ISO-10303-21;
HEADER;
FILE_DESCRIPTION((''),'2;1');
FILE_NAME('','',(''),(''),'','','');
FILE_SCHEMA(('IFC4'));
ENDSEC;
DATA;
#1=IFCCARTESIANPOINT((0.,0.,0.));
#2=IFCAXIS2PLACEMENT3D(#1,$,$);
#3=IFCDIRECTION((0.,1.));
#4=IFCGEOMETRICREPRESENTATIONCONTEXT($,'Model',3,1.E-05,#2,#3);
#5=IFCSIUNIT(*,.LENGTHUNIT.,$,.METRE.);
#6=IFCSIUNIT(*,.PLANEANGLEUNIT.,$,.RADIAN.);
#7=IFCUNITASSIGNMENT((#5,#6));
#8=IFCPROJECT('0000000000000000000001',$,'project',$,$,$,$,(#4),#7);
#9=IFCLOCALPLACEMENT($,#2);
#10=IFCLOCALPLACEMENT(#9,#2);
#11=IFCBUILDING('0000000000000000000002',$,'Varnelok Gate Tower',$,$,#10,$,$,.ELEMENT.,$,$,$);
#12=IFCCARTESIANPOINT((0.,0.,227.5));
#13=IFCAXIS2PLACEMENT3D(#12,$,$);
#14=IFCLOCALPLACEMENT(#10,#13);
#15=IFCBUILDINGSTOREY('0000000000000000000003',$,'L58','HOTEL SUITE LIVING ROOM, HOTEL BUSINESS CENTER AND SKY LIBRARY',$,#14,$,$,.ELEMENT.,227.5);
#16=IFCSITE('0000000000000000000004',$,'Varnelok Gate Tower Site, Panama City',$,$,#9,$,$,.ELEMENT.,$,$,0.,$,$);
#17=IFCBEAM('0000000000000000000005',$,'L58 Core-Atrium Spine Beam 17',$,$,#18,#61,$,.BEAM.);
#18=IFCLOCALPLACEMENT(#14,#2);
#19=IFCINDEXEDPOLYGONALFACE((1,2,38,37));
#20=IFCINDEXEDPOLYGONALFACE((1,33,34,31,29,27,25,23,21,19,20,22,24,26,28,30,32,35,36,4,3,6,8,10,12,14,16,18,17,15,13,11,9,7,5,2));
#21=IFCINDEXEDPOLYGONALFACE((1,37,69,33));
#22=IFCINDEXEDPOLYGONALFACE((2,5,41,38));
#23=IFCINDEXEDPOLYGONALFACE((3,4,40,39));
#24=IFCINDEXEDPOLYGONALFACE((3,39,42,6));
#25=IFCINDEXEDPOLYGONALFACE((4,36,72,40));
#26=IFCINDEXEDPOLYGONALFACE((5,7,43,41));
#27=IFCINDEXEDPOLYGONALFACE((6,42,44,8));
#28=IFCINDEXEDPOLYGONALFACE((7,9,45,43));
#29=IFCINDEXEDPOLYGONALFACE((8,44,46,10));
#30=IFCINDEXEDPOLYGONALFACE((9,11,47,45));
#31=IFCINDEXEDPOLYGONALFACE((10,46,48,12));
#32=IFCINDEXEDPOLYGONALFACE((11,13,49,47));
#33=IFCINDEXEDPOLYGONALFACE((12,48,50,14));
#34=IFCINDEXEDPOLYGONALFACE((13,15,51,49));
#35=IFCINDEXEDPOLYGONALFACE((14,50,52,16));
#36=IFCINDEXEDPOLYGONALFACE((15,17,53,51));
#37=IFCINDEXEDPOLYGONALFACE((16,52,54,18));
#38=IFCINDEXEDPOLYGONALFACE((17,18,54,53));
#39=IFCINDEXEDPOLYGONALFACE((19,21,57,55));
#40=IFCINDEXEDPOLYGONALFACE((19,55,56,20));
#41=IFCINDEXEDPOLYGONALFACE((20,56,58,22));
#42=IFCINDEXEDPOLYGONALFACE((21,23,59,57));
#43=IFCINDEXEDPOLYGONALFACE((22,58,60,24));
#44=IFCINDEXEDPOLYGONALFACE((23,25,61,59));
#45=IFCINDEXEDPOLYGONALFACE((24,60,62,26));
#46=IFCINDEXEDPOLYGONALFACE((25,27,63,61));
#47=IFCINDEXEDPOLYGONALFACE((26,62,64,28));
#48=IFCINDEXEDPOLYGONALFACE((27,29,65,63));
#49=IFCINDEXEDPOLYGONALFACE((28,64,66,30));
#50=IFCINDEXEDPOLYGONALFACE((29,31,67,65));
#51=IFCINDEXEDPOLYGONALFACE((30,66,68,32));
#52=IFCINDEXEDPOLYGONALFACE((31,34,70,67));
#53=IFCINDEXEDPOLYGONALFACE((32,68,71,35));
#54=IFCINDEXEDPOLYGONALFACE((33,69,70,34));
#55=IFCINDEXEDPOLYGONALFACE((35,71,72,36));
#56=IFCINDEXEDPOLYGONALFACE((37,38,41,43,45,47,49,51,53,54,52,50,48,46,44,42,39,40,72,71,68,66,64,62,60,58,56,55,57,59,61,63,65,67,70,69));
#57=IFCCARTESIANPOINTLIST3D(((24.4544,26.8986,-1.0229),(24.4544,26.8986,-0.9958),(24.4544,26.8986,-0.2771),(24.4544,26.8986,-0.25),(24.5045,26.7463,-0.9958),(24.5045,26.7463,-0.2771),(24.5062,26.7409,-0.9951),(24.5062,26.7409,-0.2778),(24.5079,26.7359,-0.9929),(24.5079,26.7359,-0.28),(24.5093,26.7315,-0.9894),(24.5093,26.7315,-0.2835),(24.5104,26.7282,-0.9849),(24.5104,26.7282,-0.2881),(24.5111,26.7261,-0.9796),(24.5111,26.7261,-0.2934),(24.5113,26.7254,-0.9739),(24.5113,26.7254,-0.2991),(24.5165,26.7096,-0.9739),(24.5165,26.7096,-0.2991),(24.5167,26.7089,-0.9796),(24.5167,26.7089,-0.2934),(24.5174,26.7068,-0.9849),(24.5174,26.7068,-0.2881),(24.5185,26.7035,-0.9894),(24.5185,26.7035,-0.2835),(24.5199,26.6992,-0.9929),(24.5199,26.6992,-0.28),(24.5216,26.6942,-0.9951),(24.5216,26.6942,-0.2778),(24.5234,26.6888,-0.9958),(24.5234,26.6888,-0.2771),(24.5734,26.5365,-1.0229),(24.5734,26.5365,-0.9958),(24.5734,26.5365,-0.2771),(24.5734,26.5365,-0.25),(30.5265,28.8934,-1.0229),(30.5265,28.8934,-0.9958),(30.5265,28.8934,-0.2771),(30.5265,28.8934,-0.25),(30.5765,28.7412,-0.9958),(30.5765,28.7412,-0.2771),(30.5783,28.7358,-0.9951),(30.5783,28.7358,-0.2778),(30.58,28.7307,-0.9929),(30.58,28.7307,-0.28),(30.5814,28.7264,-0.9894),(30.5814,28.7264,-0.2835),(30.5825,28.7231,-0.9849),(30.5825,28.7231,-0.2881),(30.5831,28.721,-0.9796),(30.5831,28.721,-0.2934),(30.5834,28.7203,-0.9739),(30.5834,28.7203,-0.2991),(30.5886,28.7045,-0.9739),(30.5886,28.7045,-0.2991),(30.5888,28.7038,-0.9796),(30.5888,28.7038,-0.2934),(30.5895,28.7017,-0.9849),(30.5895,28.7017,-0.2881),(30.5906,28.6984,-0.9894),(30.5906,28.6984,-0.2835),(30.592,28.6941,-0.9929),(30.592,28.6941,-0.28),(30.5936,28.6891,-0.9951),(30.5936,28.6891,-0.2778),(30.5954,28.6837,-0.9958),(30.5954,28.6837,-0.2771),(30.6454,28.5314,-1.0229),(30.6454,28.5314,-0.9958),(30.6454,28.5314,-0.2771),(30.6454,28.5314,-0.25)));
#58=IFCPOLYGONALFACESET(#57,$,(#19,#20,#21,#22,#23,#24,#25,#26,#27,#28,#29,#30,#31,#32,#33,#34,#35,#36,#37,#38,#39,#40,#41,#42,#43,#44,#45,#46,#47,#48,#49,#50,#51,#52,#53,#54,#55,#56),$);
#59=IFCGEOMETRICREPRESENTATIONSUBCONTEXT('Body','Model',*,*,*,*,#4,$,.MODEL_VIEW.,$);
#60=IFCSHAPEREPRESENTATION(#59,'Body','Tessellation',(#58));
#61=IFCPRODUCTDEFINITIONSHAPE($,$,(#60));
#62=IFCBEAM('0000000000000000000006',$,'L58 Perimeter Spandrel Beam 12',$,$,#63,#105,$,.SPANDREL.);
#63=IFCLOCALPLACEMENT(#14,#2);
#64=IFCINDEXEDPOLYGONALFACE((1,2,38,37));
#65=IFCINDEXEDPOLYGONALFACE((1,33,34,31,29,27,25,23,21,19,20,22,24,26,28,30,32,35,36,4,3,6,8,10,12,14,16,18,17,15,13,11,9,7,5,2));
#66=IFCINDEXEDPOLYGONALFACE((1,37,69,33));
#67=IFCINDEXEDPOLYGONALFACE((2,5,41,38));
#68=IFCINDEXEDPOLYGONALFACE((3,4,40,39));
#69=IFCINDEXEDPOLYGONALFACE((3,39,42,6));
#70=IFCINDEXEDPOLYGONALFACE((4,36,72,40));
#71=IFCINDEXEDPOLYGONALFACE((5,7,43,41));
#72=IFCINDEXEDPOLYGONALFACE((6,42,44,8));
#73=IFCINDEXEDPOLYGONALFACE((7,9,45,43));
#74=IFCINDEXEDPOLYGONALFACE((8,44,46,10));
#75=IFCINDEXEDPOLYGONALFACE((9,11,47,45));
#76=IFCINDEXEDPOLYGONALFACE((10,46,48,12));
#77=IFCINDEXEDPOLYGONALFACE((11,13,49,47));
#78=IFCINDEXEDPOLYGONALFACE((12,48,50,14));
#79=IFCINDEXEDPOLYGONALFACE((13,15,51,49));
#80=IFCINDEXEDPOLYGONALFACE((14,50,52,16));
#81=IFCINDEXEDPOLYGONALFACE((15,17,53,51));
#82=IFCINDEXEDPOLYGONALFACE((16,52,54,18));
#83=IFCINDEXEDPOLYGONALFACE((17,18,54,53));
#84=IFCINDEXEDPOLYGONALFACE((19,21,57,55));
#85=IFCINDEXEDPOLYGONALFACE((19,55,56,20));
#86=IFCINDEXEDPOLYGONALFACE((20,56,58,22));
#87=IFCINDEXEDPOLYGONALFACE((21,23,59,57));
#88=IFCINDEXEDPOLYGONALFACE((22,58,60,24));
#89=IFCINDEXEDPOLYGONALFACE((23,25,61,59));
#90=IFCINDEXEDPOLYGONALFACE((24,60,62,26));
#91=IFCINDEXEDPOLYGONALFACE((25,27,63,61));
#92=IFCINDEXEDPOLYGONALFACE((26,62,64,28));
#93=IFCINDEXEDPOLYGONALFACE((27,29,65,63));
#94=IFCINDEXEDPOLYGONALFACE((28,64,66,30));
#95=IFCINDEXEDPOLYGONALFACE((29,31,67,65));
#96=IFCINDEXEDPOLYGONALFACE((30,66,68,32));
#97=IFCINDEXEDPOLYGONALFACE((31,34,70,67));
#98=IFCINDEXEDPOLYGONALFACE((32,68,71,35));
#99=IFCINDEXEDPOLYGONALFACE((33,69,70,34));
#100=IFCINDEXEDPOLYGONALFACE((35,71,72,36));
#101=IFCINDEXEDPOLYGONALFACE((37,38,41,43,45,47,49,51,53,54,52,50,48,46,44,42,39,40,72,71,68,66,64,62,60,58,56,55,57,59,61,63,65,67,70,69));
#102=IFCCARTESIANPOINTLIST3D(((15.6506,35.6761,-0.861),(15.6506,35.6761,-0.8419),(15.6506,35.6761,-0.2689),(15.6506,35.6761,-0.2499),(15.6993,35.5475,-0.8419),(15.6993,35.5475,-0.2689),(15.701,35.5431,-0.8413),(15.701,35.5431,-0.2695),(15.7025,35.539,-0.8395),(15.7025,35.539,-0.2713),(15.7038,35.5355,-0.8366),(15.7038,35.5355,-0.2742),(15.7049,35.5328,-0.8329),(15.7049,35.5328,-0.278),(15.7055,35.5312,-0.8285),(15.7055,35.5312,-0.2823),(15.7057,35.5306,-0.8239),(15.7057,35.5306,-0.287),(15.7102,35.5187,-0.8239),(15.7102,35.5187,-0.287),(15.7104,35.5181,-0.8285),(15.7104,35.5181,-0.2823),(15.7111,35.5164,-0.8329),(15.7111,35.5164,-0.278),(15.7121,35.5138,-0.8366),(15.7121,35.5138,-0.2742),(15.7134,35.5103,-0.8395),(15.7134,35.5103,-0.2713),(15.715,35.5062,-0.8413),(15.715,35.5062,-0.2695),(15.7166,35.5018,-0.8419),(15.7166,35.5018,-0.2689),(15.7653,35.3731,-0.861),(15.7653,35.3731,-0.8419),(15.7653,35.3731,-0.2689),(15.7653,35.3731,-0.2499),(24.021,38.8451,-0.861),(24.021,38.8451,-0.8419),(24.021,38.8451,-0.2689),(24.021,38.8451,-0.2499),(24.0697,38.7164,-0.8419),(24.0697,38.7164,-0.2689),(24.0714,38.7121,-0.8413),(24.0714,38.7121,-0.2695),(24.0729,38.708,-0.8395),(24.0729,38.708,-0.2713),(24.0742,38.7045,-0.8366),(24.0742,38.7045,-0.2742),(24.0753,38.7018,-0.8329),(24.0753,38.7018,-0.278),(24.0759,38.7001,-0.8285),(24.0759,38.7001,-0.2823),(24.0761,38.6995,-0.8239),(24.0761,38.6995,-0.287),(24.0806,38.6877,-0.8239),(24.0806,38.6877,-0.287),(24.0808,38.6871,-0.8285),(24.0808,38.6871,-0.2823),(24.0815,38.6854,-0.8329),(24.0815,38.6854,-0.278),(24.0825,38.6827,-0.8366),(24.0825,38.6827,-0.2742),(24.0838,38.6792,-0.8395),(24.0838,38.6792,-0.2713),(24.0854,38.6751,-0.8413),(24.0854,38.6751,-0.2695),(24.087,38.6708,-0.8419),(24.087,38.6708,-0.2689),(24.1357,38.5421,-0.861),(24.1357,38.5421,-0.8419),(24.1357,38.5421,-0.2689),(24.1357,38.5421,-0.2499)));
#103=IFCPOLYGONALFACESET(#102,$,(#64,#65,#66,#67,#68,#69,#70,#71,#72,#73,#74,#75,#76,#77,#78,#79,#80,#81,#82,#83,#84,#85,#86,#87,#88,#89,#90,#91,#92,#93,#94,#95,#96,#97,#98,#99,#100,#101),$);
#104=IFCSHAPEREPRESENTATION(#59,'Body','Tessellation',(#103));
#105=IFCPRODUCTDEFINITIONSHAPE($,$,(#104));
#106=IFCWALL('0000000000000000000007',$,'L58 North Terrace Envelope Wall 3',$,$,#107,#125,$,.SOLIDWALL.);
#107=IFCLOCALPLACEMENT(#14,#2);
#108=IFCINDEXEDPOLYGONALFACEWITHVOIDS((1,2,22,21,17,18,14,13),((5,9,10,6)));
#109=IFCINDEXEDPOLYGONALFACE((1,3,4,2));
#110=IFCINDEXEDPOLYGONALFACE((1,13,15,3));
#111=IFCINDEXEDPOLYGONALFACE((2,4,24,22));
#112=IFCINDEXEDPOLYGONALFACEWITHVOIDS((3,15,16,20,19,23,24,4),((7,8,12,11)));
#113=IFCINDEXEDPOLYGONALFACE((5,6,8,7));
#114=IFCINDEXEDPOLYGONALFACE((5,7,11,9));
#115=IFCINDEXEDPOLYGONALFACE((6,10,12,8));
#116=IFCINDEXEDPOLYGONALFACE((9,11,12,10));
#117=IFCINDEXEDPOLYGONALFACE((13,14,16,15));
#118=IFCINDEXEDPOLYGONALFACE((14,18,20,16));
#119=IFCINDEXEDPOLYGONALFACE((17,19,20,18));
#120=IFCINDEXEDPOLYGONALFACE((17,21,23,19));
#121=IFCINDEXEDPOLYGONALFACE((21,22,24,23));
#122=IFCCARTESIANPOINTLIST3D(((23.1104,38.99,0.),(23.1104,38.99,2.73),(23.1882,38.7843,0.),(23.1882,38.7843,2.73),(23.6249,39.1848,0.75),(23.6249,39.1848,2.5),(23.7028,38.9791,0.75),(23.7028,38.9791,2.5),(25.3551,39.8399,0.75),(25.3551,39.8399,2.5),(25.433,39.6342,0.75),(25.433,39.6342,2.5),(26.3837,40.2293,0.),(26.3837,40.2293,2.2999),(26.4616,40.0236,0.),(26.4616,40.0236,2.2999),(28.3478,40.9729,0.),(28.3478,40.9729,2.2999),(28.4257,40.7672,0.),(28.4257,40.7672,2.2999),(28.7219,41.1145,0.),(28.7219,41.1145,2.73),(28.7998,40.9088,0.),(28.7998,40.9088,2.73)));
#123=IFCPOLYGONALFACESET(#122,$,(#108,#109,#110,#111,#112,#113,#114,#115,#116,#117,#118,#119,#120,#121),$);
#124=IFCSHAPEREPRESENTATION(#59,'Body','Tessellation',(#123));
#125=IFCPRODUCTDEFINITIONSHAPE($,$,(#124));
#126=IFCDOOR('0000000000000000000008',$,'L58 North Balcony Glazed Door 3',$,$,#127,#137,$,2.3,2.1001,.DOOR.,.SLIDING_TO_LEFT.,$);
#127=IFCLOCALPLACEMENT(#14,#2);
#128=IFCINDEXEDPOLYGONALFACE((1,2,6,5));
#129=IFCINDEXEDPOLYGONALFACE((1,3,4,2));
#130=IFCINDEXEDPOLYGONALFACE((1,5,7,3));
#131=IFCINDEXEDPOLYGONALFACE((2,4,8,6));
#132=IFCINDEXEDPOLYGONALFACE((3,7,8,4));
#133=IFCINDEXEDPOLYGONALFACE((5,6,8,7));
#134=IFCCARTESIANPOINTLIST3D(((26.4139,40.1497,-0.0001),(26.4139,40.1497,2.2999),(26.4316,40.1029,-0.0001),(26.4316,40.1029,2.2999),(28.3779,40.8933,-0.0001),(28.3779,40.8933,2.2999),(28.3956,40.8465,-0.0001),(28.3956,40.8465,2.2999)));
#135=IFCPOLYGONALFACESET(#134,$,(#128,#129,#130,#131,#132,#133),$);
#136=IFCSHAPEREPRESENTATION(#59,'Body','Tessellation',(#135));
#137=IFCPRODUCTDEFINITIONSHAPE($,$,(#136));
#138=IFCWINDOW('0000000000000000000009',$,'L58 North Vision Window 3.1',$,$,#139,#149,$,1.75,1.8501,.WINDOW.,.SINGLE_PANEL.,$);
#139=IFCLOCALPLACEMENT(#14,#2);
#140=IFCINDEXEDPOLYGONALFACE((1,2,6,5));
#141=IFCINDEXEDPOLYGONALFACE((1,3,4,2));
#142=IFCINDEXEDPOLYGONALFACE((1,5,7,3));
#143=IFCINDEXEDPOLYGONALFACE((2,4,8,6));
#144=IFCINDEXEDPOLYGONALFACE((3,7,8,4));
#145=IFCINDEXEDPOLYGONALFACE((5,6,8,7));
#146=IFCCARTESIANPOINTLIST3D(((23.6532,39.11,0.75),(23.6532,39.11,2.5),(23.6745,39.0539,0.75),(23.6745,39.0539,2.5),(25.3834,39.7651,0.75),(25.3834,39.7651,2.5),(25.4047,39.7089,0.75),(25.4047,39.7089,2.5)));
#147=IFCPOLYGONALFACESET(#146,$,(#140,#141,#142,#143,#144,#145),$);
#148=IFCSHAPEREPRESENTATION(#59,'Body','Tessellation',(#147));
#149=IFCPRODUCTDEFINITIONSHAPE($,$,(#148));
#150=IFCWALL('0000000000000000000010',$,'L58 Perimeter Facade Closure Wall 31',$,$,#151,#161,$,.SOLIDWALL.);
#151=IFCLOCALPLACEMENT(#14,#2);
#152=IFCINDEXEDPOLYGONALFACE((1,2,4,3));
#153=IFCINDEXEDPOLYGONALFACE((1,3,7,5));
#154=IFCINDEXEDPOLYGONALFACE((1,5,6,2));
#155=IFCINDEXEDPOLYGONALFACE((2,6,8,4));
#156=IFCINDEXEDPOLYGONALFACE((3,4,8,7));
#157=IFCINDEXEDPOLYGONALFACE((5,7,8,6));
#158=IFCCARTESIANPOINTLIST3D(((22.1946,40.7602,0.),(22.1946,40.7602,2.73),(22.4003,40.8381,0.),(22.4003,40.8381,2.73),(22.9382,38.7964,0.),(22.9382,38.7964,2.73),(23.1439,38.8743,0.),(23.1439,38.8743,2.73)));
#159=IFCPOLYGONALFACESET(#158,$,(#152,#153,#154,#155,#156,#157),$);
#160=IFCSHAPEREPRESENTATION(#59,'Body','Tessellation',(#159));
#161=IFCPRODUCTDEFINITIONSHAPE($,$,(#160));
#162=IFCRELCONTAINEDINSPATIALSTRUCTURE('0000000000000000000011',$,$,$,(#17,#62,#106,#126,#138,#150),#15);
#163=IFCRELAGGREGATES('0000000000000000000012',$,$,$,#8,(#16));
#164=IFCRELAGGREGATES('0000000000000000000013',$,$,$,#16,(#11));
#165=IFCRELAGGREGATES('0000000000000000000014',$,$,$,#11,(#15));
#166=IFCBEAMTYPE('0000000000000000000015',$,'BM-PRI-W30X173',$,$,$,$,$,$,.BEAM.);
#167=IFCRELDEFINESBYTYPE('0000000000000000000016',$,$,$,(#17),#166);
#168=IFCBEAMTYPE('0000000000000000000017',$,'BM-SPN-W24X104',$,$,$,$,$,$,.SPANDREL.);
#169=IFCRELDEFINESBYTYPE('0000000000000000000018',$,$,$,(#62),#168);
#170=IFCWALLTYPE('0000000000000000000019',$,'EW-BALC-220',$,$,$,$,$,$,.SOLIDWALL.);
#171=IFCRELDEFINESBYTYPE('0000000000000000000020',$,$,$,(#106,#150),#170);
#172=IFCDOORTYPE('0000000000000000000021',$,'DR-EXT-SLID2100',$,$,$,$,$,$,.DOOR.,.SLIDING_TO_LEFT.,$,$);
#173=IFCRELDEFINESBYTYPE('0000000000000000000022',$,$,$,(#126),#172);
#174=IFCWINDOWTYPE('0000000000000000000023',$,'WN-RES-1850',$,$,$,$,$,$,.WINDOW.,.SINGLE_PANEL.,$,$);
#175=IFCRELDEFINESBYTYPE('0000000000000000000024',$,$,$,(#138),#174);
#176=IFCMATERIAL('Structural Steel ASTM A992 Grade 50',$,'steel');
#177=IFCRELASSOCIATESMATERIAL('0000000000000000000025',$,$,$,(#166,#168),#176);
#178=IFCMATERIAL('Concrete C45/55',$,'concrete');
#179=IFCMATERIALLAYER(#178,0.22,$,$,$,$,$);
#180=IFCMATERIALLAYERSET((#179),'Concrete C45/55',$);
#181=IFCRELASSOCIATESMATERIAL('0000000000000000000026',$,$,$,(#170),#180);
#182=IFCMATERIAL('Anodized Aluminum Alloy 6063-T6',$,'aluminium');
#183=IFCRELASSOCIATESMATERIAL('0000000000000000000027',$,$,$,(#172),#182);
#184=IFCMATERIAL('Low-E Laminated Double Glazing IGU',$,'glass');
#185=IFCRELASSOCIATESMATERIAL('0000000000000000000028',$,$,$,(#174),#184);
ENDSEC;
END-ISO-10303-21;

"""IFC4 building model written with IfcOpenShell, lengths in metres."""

from ifc_helpers import new_model, si_unit, direction, frame, frame_2d, origin, origin_2d, place, context, subcontext, project, spatial, rectangle, i_section, extrude, material, layer, layer_set, material_profile, profile_set, type_object, element, fill, save


model = new_model("IFC4")

# Units and contexts
model_context = context("Model", 3, precision=1e-05, world=origin(), true_north=direction((0.0, 1.0)))
body_context = subcontext(model_context, "Body", "Model", "MODEL_VIEW")
ifc_project = project(units=[si_unit("LENGTHUNIT", "METRE"), si_unit("PLANEANGLEUNIT", "RADIAN")], contexts=[model_context])

# Site, building, storey
site_placement = place(None, origin())
site = spatial("IfcSite", under=ifc_project, at=site_placement, Name="Varnelok Gate Tower Site, Panama City", CompositionType="ELEMENT", RefElevation=0.0)
building_placement = place(site_placement, origin())
building = spatial("IfcBuilding", under=site, at=building_placement, Name="Varnelok Gate Tower", CompositionType="ELEMENT")
storey_placement = place(building_placement, frame((0.0, 0.0, 227.5)))
storey = spatial("IfcBuildingStorey", under=building, at=storey_placement, Name="L58", Description="HOTEL SUITE LIVING ROOM, HOTEL BUSINESS CENTER AND SKY LIBRARY", CompositionType="ELEMENT", Elevation=227.5)

# Shared definitions
ifc_material_1 = material(Name="Structural Steel ASTM A992 Grade 50", Category="steel")

# Beams
ifc_material_profile_1 = material_profile(ifc_material_1, i_section(OverallWidth=0.3811, OverallDepth=0.7729, WebThickness=0.0166, FlangeThickness=0.0271, FilletRadius=0.022, at=origin_2d()), Name="W30X173")
ifc_profile_set_1 = profile_set([ifc_material_profile_1], Name="Structural Steel ASTM A992 Grade 50")
beam_type_1 = type_object("IfcBeamType", Name="BM-PRI-W30X173", PredefinedType="BEAM", material=ifc_profile_set_1)
beam_1_placement = place(storey_placement, frame((24.5139, 26.7175, -0.6365), z_axis=(0.950042, 0.312122, 0.0), x_axis=(-0.312122, 0.950042, 0.0)))
element("IfcBeam", 1, at=beam_1_placement, inside=storey, type_object=beam_type_1, Name="L58 Core-Atrium Spine Beam 17", PredefinedType="BEAM", context=body_context, shape_type="SweptSolid", body=[
    extrude(i_section(OverallWidth=0.3811, OverallDepth=0.7729, WebThickness=0.0166, FlangeThickness=0.0271, FilletRadius=0.022, at=origin_2d()), origin(), (0.0, 0.0, 1.0), 6.3914),
])
ifc_material_profile_2 = material_profile(ifc_material_1, i_section(OverallWidth=0.324, OverallDepth=0.6111, WebThickness=0.0127, FlangeThickness=0.019, FilletRadius=0.0181, at=origin_2d()), Name="W24X104")
ifc_profile_set_2 = profile_set([ifc_material_profile_2], Name="Structural Steel ASTM A992 Grade 50")
beam_type_2 = type_object("IfcBeamType", Name="BM-SPN-W24X104", PredefinedType="SPANDREL", material=ifc_profile_set_2)
beam_2_placement = place(storey_placement, frame((24.0784, 38.6936, -0.5554), z_axis=(-0.93522, -0.354066, 0.0), x_axis=(0.354066, -0.93522, 0.0)))
element("IfcBeam", 2, at=beam_2_placement, inside=storey, type_object=beam_type_2, Name="L58 Perimeter Spandrel Beam 12", PredefinedType="SPANDREL", context=body_context, shape_type="SweptSolid", body=[
    extrude(i_section(OverallWidth=0.324, OverallDepth=0.6111, WebThickness=0.0127, FlangeThickness=0.019, FilletRadius=0.0181, at=origin_2d()), origin(), (0.0, 0.0, 1.0), 8.9502),
])

# Wall, openings, door, window
ifc_material_2 = material(Name="Concrete C45/55", Category="concrete")
ifc_layer_1 = layer(ifc_material_2, 0.22)
ifc_layer_set_1 = layer_set([ifc_layer_1], Name="Concrete C45/55")
wall_type_1 = type_object("IfcWallType", Name="EW-BALC-220", PredefinedType="SOLIDWALL", material=ifc_layer_set_1)
wall_1_placement = place(storey_placement, frame((23.1494, 38.8872, 0.0), z_axis=(0.0, 0.0, 1.0), x_axis=(0.935219, 0.354069, 0.0)))
wall_1 = element("IfcWall", 3, at=wall_1_placement, inside=storey, type_object=wall_type_1, Name="L58 North Terrace Envelope Wall 3", PredefinedType="SOLIDWALL", context=body_context, shape_type="SweptSolid", body=[
    extrude(rectangle(XDim=6.0002, YDim=0.22, at=frame_2d((3.0, 0.0))), origin(), (0.0, 0.0, 1.0), 2.73),
])
opening_1_placement = place(wall_1_placement, frame((3.5, 0.0, 0.0)))
opening_1 = element("IfcOpeningElement", 4, at=opening_1_placement, cuts=wall_1, PredefinedType="OPENING", context=body_context, shape_type="SweptSolid", body=[
    extrude(rectangle(XDim=2.1001, YDim=2.3, at=frame_2d((1.05, 1.1499))), frame((0.0, 0.1199, 0.0), z_axis=(0.0, -1.0, 0.0), x_axis=(1.0, 0.0, 0.0)), (0.0, 0.0, 1.0), 0.24),
])
opening_2_placement = place(wall_1_placement, frame((0.55, 0.0, 0.75)))
opening_2 = element("IfcOpeningElement", 5, at=opening_2_placement, cuts=wall_1, PredefinedType="OPENING", context=body_context, shape_type="SweptSolid", body=[
    extrude(rectangle(XDim=1.8501, YDim=1.75, at=frame_2d((0.925, 0.875))), frame((0.0, 0.1199, 0.0), z_axis=(0.0, -1.0, 0.0), x_axis=(1.0, 0.0, 0.0)), (0.0, 0.0, 1.0), 0.24),
])
ifc_material_3 = material(Name="Anodized Aluminum Alloy 6063-T6", Category="aluminium")
door_type_1 = type_object("IfcDoorType", Name="DR-EXT-SLID2100", OperationType="SLIDING_TO_LEFT", PredefinedType="DOOR", material=ifc_material_3)
door_1_placement = place(opening_1_placement, origin())
door_1 = element("IfcDoor", 6, at=door_1_placement, inside=storey, type_object=door_type_1, Name="L58 North Balcony Glazed Door 3", OperationType="SLIDING_TO_LEFT", OverallHeight=2.3, OverallWidth=2.1001, PredefinedType="DOOR", context=body_context, shape_type="SweptSolid", body=[
    extrude(rectangle(XDim=2.1001, YDim=2.3, at=frame_2d((1.05, 1.1499))), frame((0.0, 0.0249, 0.0), z_axis=(0.0, -1.0, 0.0), x_axis=(1.0, 0.0, 0.0)), (0.0, 0.0, 1.0), 0.05),
])
fill(opening_1, door_1)
ifc_material_4 = material(Name="Low-E Laminated Double Glazing IGU", Category="glass")
window_type_1 = type_object("IfcWindowType", Name="WN-RES-1850", PartitioningType="SINGLE_PANEL", PredefinedType="WINDOW", material=ifc_material_4)
window_1_placement = place(opening_2_placement, origin())
window_1 = element("IfcWindow", 7, at=window_1_placement, inside=storey, type_object=window_type_1, Name="L58 North Vision Window 3.1", OverallHeight=1.75, OverallWidth=1.8501, PartitioningType="SINGLE_PANEL", PredefinedType="WINDOW", context=body_context, shape_type="SweptSolid", body=[
    extrude(rectangle(XDim=1.8501, YDim=1.75, at=frame_2d((0.925, 0.875))), frame((0.0, 0.03, 0.0), z_axis=(0.0, -1.0, 0.0), x_axis=(1.0, 0.0, 0.0)), (0.0, 0.0, 1.0), 0.0601),
])
fill(opening_2, window_1)

# Wall
wall_2_placement = place(storey_placement, frame((23.041, 38.8354, 0.0), z_axis=(0.0, 0.0, 1.0), x_axis=(-0.354128, 0.935197, 0.0)))
element("IfcWall", 8, at=wall_2_placement, inside=storey, type_object=wall_type_1, Name="L58 Perimeter Facade Closure Wall 31", PredefinedType="SOLIDWALL", context=body_context, shape_type="SweptSolid", body=[
    extrude(rectangle(XDim=2.0999, YDim=0.22, at=frame_2d((1.0498, 0.0))), origin(), (0.0, 0.0, 1.0), 2.73),
])

save(model, "model.ifc")
